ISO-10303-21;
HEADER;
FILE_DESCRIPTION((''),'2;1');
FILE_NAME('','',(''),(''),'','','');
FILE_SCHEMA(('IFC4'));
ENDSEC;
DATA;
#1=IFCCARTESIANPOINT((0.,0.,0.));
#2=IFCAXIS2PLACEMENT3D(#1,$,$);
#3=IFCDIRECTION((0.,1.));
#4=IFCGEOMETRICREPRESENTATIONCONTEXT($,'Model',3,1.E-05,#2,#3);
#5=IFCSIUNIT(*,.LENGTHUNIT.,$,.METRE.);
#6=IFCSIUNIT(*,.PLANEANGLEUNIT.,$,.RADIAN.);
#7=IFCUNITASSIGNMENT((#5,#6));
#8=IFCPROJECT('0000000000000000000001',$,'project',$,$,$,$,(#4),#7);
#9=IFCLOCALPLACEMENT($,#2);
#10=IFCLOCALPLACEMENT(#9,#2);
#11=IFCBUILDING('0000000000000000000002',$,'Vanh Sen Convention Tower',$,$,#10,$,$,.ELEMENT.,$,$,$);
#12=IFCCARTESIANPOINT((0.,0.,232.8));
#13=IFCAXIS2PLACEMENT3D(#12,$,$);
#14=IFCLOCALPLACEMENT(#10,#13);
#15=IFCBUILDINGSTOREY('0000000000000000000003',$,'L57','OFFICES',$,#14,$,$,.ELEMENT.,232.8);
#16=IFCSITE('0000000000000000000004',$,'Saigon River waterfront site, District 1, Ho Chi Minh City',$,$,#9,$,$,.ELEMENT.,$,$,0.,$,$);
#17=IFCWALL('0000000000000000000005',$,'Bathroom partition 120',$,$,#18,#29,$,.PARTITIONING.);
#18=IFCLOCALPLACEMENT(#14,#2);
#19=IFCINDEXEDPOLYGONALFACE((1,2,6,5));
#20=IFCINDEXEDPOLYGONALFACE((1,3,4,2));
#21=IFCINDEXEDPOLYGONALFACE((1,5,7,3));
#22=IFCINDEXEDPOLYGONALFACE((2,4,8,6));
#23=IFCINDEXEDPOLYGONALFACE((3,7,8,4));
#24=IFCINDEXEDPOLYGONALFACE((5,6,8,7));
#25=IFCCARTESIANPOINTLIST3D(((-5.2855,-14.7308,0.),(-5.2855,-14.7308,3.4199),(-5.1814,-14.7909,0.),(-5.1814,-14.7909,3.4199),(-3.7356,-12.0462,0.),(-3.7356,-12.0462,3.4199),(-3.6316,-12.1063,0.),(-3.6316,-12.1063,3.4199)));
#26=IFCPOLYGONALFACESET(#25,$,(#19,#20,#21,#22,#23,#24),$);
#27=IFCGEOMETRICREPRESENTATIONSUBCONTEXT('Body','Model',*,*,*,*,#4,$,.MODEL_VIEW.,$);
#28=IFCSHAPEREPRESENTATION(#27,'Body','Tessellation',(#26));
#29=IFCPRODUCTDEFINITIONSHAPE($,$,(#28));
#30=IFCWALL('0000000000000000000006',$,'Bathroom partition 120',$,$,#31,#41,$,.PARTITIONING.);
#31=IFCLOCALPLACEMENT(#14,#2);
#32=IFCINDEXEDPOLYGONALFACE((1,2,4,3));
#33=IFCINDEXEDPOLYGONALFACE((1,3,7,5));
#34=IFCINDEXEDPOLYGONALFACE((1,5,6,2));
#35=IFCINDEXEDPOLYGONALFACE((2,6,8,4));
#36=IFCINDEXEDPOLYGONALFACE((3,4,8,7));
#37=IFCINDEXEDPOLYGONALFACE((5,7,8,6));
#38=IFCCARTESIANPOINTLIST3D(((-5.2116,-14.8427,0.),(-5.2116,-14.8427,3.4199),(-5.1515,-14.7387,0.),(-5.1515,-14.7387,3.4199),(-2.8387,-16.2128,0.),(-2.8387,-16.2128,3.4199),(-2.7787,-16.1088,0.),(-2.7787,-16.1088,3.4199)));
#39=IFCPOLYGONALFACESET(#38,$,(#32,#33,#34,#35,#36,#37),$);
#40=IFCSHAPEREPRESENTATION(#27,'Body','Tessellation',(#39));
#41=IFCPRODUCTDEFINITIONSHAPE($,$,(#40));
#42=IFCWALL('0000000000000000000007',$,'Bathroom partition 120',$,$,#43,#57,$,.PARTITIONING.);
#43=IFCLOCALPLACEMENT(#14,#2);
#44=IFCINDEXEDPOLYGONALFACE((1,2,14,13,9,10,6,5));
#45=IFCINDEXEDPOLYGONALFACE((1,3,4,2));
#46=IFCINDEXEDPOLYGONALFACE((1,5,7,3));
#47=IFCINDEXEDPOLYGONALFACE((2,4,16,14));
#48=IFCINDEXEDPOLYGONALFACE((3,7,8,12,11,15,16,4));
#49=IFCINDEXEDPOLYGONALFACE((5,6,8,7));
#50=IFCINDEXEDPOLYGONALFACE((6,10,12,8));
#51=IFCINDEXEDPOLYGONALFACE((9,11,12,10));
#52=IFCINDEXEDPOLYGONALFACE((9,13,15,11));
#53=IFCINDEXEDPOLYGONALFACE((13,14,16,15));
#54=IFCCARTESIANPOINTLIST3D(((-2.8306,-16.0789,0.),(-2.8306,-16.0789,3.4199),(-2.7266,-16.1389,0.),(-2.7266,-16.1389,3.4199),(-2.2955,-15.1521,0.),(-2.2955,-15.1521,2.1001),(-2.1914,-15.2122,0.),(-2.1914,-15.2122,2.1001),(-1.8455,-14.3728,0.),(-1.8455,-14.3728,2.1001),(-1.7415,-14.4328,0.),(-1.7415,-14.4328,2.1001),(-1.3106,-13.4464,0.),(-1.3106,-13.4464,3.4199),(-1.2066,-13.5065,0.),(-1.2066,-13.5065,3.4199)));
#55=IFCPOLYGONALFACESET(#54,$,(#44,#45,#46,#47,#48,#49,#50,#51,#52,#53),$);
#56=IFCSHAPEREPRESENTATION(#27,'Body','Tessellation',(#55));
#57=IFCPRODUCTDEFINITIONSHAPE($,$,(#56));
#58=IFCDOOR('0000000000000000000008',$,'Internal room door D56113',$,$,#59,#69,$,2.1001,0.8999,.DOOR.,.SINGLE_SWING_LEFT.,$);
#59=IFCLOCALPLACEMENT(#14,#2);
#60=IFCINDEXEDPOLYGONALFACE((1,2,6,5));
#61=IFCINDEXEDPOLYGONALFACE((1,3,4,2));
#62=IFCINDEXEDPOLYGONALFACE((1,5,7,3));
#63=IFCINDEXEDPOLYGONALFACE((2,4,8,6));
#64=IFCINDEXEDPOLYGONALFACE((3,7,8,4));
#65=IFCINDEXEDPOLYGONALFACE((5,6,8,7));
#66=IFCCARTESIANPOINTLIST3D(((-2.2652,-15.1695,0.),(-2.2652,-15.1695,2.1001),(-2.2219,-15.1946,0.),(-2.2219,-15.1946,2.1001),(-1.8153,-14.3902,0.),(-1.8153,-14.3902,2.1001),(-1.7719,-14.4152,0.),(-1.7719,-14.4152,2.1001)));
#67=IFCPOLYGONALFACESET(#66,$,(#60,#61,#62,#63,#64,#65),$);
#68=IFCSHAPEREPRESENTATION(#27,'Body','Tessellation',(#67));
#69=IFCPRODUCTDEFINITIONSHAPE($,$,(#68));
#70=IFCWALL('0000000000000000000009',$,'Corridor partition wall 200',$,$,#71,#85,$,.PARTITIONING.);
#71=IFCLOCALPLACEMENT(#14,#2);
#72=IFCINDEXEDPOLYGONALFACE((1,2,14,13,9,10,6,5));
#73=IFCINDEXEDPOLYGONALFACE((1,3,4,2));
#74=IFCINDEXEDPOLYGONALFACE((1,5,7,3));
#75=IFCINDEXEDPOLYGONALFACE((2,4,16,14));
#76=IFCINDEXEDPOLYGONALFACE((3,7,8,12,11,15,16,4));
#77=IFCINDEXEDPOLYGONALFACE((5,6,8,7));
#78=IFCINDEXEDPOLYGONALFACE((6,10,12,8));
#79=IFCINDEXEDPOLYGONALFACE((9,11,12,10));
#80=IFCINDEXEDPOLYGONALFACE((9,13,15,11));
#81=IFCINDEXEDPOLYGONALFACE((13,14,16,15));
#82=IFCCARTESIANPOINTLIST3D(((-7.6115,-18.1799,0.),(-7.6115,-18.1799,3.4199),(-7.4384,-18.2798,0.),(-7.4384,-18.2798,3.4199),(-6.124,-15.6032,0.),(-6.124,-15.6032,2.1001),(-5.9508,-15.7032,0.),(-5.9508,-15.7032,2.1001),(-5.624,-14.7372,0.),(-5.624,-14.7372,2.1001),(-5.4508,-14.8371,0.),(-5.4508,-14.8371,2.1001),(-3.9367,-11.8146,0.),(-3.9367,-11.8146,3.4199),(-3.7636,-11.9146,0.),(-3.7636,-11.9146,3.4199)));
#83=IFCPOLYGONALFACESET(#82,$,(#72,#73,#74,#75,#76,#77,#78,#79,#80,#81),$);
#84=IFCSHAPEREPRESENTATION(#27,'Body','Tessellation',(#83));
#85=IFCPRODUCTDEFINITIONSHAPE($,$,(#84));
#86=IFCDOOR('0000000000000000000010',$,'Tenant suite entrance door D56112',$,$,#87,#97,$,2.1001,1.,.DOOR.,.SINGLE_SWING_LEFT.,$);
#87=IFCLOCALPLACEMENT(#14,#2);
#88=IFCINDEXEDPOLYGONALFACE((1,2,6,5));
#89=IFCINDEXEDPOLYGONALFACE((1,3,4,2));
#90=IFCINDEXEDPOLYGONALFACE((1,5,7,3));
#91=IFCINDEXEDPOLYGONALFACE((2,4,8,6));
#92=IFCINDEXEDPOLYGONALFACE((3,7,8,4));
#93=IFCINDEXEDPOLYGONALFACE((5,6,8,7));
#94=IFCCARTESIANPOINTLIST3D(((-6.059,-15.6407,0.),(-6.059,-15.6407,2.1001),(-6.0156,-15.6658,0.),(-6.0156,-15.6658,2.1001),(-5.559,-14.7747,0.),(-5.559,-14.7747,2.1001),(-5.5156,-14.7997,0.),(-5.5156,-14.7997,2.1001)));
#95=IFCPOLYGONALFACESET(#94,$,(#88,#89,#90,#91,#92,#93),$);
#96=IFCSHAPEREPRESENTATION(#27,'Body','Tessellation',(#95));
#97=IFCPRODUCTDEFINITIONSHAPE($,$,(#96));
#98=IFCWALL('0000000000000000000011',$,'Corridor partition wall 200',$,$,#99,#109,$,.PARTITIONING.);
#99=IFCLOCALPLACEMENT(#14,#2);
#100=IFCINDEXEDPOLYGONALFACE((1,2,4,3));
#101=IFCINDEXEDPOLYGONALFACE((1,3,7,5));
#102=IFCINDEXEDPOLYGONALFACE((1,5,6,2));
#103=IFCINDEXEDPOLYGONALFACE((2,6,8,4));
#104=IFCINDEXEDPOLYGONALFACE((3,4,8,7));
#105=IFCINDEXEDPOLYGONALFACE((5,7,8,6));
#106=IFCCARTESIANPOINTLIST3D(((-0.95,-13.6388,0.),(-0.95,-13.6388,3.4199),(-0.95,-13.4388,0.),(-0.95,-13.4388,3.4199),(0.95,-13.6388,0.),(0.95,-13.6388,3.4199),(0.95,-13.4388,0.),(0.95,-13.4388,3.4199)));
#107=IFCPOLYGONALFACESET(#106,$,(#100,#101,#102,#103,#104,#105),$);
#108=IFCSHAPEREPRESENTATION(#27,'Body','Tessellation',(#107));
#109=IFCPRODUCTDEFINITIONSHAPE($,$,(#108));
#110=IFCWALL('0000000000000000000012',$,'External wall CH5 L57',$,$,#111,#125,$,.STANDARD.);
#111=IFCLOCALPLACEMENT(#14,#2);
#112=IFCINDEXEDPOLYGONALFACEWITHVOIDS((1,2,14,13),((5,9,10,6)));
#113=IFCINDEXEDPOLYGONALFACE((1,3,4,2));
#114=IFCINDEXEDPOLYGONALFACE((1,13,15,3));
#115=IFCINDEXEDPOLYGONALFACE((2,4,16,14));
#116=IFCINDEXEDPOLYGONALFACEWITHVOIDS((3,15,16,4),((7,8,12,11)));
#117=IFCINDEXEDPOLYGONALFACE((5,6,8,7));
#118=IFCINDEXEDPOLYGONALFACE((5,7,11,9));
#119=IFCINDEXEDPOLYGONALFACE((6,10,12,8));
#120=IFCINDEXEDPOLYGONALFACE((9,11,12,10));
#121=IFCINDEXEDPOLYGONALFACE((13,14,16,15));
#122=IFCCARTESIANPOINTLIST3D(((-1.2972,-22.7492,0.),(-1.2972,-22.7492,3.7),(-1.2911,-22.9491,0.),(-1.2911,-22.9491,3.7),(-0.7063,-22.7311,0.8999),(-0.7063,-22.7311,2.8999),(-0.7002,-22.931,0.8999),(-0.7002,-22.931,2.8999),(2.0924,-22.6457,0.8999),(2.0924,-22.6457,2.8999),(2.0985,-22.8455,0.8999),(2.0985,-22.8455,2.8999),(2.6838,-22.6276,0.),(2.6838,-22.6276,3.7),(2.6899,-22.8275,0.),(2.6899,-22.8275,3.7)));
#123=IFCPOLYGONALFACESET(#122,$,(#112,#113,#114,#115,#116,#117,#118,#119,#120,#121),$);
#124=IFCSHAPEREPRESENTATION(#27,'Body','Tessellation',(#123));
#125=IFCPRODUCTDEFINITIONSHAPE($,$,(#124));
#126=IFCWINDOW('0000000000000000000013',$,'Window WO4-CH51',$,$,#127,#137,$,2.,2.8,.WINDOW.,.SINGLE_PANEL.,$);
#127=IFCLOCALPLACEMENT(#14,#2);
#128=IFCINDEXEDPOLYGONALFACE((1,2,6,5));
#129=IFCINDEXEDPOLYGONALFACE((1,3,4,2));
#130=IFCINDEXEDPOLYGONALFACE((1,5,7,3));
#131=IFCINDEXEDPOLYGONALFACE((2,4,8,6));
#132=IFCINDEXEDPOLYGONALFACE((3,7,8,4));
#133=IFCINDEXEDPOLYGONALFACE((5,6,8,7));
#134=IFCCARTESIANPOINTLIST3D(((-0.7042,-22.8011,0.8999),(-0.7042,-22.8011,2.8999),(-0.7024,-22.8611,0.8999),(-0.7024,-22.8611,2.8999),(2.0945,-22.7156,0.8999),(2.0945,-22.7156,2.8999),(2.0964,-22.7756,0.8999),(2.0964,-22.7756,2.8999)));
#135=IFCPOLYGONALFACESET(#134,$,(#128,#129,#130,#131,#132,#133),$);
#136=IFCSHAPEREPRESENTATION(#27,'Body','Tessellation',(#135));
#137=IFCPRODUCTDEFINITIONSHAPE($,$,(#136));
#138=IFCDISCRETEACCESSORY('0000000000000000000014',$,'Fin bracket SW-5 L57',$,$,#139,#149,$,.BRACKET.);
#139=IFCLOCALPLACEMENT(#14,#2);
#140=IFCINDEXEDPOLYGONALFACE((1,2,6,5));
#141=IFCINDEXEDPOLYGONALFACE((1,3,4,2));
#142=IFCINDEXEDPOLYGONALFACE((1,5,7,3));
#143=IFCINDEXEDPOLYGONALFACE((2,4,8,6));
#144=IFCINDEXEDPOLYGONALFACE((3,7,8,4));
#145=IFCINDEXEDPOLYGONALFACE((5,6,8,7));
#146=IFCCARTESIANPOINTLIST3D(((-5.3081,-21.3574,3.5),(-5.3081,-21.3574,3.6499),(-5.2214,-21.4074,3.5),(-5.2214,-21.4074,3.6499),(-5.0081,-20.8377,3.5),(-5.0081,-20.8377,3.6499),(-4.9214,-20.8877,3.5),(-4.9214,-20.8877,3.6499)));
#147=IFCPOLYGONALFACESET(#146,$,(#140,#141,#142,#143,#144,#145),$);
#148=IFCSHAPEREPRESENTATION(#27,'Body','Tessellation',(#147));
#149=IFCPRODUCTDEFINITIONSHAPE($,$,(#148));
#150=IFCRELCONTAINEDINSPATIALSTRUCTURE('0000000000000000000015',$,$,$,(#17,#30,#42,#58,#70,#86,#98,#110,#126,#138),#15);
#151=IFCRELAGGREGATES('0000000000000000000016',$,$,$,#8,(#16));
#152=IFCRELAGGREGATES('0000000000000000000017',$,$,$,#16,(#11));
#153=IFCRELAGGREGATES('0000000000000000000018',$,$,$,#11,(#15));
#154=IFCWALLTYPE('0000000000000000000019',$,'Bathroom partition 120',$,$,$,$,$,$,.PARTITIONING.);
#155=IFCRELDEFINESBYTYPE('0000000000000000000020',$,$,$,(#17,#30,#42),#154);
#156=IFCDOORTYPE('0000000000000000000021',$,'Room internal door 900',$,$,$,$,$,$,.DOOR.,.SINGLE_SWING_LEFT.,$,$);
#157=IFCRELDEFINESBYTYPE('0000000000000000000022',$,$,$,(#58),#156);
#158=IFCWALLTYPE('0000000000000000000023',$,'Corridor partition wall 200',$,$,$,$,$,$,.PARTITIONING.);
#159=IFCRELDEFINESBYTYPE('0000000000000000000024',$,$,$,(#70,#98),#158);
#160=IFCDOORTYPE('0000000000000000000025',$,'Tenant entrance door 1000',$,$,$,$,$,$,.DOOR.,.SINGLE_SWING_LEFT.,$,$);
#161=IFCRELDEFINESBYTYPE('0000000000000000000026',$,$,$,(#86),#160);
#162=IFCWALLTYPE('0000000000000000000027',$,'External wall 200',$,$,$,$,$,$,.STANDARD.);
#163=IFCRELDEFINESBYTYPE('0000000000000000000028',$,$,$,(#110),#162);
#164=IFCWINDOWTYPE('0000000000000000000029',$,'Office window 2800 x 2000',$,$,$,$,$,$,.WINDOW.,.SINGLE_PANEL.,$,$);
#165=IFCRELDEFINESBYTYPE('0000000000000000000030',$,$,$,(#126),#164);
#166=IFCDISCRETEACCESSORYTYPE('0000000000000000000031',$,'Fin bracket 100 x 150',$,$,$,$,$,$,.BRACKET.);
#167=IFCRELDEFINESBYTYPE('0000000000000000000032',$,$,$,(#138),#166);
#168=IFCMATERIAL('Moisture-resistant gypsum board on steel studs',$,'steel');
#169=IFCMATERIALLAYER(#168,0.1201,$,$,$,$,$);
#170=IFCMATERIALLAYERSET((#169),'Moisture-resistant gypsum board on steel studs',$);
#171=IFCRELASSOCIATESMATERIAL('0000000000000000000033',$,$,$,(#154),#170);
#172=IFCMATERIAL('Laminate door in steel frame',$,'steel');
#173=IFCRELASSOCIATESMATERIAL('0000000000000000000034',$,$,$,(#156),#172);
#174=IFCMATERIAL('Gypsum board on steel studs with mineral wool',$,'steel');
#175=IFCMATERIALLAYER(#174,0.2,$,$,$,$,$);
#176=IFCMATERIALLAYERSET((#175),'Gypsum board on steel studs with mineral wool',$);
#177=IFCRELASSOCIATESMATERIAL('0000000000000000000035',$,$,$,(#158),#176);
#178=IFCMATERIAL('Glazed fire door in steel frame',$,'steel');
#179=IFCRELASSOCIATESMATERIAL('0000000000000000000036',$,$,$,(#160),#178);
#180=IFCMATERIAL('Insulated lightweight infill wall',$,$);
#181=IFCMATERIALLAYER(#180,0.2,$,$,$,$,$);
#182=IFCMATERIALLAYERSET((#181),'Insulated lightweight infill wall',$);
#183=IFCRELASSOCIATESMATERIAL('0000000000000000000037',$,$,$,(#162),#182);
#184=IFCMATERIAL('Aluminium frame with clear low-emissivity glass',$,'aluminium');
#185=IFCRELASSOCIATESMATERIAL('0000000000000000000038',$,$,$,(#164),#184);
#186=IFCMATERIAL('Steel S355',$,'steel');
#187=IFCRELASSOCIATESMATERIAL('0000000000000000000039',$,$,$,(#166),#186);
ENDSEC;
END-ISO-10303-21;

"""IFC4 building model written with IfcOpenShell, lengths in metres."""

from ifc_helpers import new_model, si_unit, direction, frame, frame_2d, origin, origin_2d, place, context, subcontext, project, spatial, rectangle, extrude, material, layer, layer_set, type_object, element, fill, save


model = new_model("IFC4")

# Units and contexts
model_context = context("Model", 3, precision=1e-05, world=origin(), true_north=direction((0.0, 1.0)))
body_context = subcontext(model_context, "Body", "Model", "MODEL_VIEW")
ifc_project = project(units=[si_unit("LENGTHUNIT", "METRE"), si_unit("PLANEANGLEUNIT", "RADIAN")], contexts=[model_context])

# Site, building, storey
site_placement = place(None, origin())
site = spatial("IfcSite", under=ifc_project, at=site_placement, Name="Saigon River waterfront site, District 1, Ho Chi Minh City", CompositionType="ELEMENT", RefElevation=0.0)
building_placement = place(site_placement, origin())
building = spatial("IfcBuilding", under=site, at=building_placement, Name="Vanh Sen Convention Tower", CompositionType="ELEMENT")
storey_placement = place(building_placement, frame((0.0, 0.0, 232.8)))
storey = spatial("IfcBuildingStorey", under=building, at=storey_placement, Name="L57", Description="OFFICES", CompositionType="ELEMENT", Elevation=232.8)

# Walls
ifc_material_1 = material(Name="Moisture-resistant gypsum board on steel studs", Category="steel")
ifc_layer_1 = layer(ifc_material_1, 0.1201)
ifc_layer_set_1 = layer_set([ifc_layer_1], Name="Moisture-resistant gypsum board on steel studs")
wall_type_1 = type_object("IfcWallType", Name="Bathroom partition 120", PredefinedType="PARTITIONING", material=ifc_layer_set_1)
wall_1_placement = place(storey_placement, frame((-5.2334, -14.7607, 0.0), z_axis=(0.0, 0.0, 1.0), x_axis=(0.499968, 0.866044, 0.0)))
element("IfcWall", 1, at=wall_1_placement, inside=storey, type_object=wall_type_1, Name="Bathroom partition 120", PredefinedType="PARTITIONING", context=body_context, shape_type="SweptSolid", body=[
    extrude(rectangle(XDim=3.0999, YDim=0.1201, at=frame_2d((1.5498, 0.0))), origin(), (0.0, 0.0, 1.0), 3.4199),
])
wall_2_placement = place(storey_placement, frame((-2.8086, -16.1609, 0.0), z_axis=(0.0, 0.0, 1.0), x_axis=(-0.865997, 0.500049, 0.0)))
element("IfcWall", 2, at=wall_2_placement, inside=storey, type_object=wall_type_1, Name="Bathroom partition 120", PredefinedType="PARTITIONING", context=body_context, shape_type="SweptSolid", body=[
    extrude(rectangle(XDim=2.74, YDim=0.1201, at=frame_2d((1.3701, 0.0))), origin(), (0.0, 0.0, 1.0), 3.4199),
])

# Walls, openings, doors
wall_3_placement = place(storey_placement, frame((-1.2585, -13.4763, 0.0), z_axis=(0.0, 0.0, 1.0), x_axis=(-0.500026, -0.86601, 0.0)))
wall_3 = element("IfcWall", 3, at=wall_3_placement, inside=storey, type_object=wall_type_1, Name="Bathroom partition 120", PredefinedType="PARTITIONING", context=body_context, shape_type="SweptSolid", body=[
    extrude(rectangle(XDim=3.0398, YDim=0.1201, at=frame_2d((1.52, 0.0))), origin(), (0.0, 0.0, 1.0), 3.4199),
])
opening_1_placement = place(wall_3_placement, frame((1.0698, 0.0, 0.0)))
opening_1 = element("IfcOpeningElement", 4, at=opening_1_placement, cuts=wall_3, PredefinedType="OPENING", context=body_context, shape_type="SweptSolid", body=[
    extrude(rectangle(XDim=0.8999, YDim=2.1001, at=frame_2d((0.45, 1.05))), frame((0.0, 0.0701, 0.0), z_axis=(0.0, -1.0, 0.0), x_axis=(1.0, 0.0, 0.0)), (0.0, 0.0, 1.0), 0.1401),
])
ifc_material_2 = material(Name="Laminate door in steel frame", Category="steel")
door_type_1 = type_object("IfcDoorType", Name="Room internal door 900", OperationType="SINGLE_SWING_LEFT", PredefinedType="DOOR", material=ifc_material_2)
door_1_placement = place(opening_1_placement, origin())
door_1 = element("IfcDoor", 5, at=door_1_placement, inside=storey, type_object=door_type_1, Name="Internal room door D56113", OperationType="SINGLE_SWING_LEFT", OverallHeight=2.1001, OverallWidth=0.8999, PredefinedType="DOOR", context=body_context, shape_type="SweptSolid", body=[
    extrude(rectangle(XDim=0.8999, YDim=2.1001, at=frame_2d((0.45, 1.05))), frame((0.0, 0.0249, 0.0), z_axis=(0.0, -1.0, 0.0), x_axis=(1.0, 0.0, 0.0)), (0.0, 0.0, 1.0), 0.05),
])
fill(opening_1, door_1)
ifc_material_3 = material(Name="Gypsum board on steel studs with mineral wool", Category="steel")
ifc_layer_2 = layer(ifc_material_3, 0.2)
ifc_layer_set_2 = layer_set([ifc_layer_2], Name="Gypsum board on steel studs with mineral wool")
wall_type_2 = type_object("IfcWallType", Name="Corridor partition wall 200", PredefinedType="PARTITIONING", material=ifc_layer_set_2)
wall_4_placement = place(storey_placement, frame((-7.5249, -18.2297, 0.0), z_axis=(0.0, 0.0, 1.0), x_axis=(0.499983, 0.866035, 0.0)))
wall_4 = element("IfcWall", 6, at=wall_4_placement, inside=storey, type_object=wall_type_2, Name="Corridor partition wall 200", PredefinedType="PARTITIONING", context=body_context, shape_type="SweptSolid", body=[
    extrude(rectangle(XDim=7.3499, YDim=0.2, at=frame_2d((3.6748, 0.0))), origin(), (0.0, 0.0, 1.0), 3.4199),
])
opening_2_placement = place(wall_4_placement, frame((2.9751, 0.0, 0.0)))
opening_2 = element("IfcOpeningElement", 7, at=opening_2_placement, cuts=wall_4, PredefinedType="OPENING", context=body_context, shape_type="SweptSolid", body=[
    extrude(rectangle(XDim=1.0, YDim=2.1001, at=frame_2d((0.5, 1.05))), frame((0.0, 0.1099, 0.0), z_axis=(0.0, -1.0, 0.0), x_axis=(1.0, 0.0, 0.0)), (0.0, 0.0, 1.0), 0.22),
])
ifc_material_4 = material(Name="Glazed fire door in steel frame", Category="steel")
door_type_2 = type_object("IfcDoorType", Name="Tenant entrance door 1000", OperationType="SINGLE_SWING_LEFT", PredefinedType="DOOR", material=ifc_material_4)
door_2_placement = place(opening_2_placement, origin())
door_2 = element("IfcDoor", 8, at=door_2_placement, inside=storey, type_object=door_type_2, Name="Tenant suite entrance door D56112", OperationType="SINGLE_SWING_LEFT", OverallHeight=2.1001, OverallWidth=1.0, PredefinedType="DOOR", context=body_context, shape_type="SweptSolid", body=[
    extrude(rectangle(XDim=1.0, YDim=2.1001, at=frame_2d((0.5, 1.05))), frame((0.0, 0.0249, 0.0), z_axis=(0.0, -1.0, 0.0), x_axis=(1.0, 0.0, 0.0)), (0.0, 0.0, 1.0), 0.05),
])
fill(opening_2, door_2)

# Wall
wall_5_placement = place(storey_placement, frame((-0.95, -13.5388, 0.0), z_axis=(0.0, 0.0, 1.0), x_axis=(1.0, 0.0, 0.0)))
element("IfcWall", 9, at=wall_5_placement, inside=storey, type_object=wall_type_2, Name="Corridor partition wall 200", PredefinedType="PARTITIONING", context=body_context, shape_type="SweptSolid", body=[
    extrude(rectangle(XDim=1.8999, YDim=0.2, at=frame_2d((0.95, 0.0))), origin(), (0.0, 0.0, 1.0), 3.4199),
])

# Wall, opening, window
ifc_material_5 = material(Name="Insulated lightweight infill wall")
ifc_layer_3 = layer(ifc_material_5, 0.2)
ifc_layer_set_3 = layer_set([ifc_layer_3], Name="Insulated lightweight infill wall")
wall_type_3 = type_object("IfcWallType", Name="External wall 200", PredefinedType="STANDARD", material=ifc_layer_set_3)
wall_6_placement = place(storey_placement, frame((-1.2942, -22.8491, 0.0), z_axis=(0.0, 0.0, 1.0), x_axis=(0.999534, 0.030527, 0.0)))
wall_6 = element("IfcWall", 10, at=wall_6_placement, inside=storey, type_object=wall_type_3, Name="External wall CH5 L57", PredefinedType="STANDARD", context=body_context, shape_type="SweptSolid", body=[
    extrude(rectangle(XDim=3.9829, YDim=0.2, at=frame_2d((1.9915, 0.0))), origin(), (0.0, 0.0, 1.0), 3.7),
])
opening_3_placement = place(wall_6_placement, frame((0.5913, 0.0, 0.8999)))
opening_3 = element("IfcOpeningElement", 11, at=opening_3_placement, cuts=wall_6, PredefinedType="OPENING", context=body_context, shape_type="SweptSolid", body=[
    extrude(rectangle(XDim=2.8, YDim=2.0, at=frame_2d((1.3999, 1.0))), frame((0.0, 0.1099, 0.0), z_axis=(0.0, -1.0, 0.0), x_axis=(1.0, 0.0, 0.0)), (0.0, 0.0, 1.0), 0.22),
])
ifc_material_6 = material(Name="Aluminium frame with clear low-emissivity glass", Category="aluminium")
window_type = type_object("IfcWindowType", Name="Office window 2800 x 2000", PartitioningType="SINGLE_PANEL", PredefinedType="WINDOW", material=ifc_material_6)
window_placement = place(opening_3_placement, origin())
window = element("IfcWindow", 12, at=window_placement, inside=storey, type_object=window_type, Name="Window WO4-CH51", OverallHeight=2.0, OverallWidth=2.8, PartitioningType="SINGLE_PANEL", PredefinedType="WINDOW", context=body_context, shape_type="SweptSolid", body=[
    extrude(rectangle(XDim=2.8, YDim=2.0, at=frame_2d((1.3999, 1.0))), frame((0.0, 0.03, 0.0), z_axis=(0.0, -1.0, 0.0), x_axis=(1.0, 0.0, 0.0)), (0.0, 0.0, 1.0), 0.0601),
])
fill(opening_3, window)

# Discrete accessory
ifc_material_7 = material(Name="Steel S355", Category="steel")
discrete_accessory_type = type_object("IfcDiscreteAccessoryType", Name="Fin bracket 100 x 150", PredefinedType="BRACKET", material=ifc_material_7)
discrete_accessory_placement = place(storey_placement, frame((-5.1147, -21.1226, 3.5), z_axis=(0.0, 0.0, 1.0), x_axis=(-0.5, -0.866025, 0.0)))
element("IfcDiscreteAccessory", 13, at=discrete_accessory_placement, inside=storey, type_object=discrete_accessory_type, Name="Fin bracket SW-5 L57", PredefinedType="BRACKET", context=body_context, shape_type="SweptSolid", body=[
    extrude(rectangle(XDim=0.6001, YDim=0.1001, at=origin_2d()), origin(), (0.0, 0.0, 1.0), 0.1499),
])

save(model, "model.ifc")
